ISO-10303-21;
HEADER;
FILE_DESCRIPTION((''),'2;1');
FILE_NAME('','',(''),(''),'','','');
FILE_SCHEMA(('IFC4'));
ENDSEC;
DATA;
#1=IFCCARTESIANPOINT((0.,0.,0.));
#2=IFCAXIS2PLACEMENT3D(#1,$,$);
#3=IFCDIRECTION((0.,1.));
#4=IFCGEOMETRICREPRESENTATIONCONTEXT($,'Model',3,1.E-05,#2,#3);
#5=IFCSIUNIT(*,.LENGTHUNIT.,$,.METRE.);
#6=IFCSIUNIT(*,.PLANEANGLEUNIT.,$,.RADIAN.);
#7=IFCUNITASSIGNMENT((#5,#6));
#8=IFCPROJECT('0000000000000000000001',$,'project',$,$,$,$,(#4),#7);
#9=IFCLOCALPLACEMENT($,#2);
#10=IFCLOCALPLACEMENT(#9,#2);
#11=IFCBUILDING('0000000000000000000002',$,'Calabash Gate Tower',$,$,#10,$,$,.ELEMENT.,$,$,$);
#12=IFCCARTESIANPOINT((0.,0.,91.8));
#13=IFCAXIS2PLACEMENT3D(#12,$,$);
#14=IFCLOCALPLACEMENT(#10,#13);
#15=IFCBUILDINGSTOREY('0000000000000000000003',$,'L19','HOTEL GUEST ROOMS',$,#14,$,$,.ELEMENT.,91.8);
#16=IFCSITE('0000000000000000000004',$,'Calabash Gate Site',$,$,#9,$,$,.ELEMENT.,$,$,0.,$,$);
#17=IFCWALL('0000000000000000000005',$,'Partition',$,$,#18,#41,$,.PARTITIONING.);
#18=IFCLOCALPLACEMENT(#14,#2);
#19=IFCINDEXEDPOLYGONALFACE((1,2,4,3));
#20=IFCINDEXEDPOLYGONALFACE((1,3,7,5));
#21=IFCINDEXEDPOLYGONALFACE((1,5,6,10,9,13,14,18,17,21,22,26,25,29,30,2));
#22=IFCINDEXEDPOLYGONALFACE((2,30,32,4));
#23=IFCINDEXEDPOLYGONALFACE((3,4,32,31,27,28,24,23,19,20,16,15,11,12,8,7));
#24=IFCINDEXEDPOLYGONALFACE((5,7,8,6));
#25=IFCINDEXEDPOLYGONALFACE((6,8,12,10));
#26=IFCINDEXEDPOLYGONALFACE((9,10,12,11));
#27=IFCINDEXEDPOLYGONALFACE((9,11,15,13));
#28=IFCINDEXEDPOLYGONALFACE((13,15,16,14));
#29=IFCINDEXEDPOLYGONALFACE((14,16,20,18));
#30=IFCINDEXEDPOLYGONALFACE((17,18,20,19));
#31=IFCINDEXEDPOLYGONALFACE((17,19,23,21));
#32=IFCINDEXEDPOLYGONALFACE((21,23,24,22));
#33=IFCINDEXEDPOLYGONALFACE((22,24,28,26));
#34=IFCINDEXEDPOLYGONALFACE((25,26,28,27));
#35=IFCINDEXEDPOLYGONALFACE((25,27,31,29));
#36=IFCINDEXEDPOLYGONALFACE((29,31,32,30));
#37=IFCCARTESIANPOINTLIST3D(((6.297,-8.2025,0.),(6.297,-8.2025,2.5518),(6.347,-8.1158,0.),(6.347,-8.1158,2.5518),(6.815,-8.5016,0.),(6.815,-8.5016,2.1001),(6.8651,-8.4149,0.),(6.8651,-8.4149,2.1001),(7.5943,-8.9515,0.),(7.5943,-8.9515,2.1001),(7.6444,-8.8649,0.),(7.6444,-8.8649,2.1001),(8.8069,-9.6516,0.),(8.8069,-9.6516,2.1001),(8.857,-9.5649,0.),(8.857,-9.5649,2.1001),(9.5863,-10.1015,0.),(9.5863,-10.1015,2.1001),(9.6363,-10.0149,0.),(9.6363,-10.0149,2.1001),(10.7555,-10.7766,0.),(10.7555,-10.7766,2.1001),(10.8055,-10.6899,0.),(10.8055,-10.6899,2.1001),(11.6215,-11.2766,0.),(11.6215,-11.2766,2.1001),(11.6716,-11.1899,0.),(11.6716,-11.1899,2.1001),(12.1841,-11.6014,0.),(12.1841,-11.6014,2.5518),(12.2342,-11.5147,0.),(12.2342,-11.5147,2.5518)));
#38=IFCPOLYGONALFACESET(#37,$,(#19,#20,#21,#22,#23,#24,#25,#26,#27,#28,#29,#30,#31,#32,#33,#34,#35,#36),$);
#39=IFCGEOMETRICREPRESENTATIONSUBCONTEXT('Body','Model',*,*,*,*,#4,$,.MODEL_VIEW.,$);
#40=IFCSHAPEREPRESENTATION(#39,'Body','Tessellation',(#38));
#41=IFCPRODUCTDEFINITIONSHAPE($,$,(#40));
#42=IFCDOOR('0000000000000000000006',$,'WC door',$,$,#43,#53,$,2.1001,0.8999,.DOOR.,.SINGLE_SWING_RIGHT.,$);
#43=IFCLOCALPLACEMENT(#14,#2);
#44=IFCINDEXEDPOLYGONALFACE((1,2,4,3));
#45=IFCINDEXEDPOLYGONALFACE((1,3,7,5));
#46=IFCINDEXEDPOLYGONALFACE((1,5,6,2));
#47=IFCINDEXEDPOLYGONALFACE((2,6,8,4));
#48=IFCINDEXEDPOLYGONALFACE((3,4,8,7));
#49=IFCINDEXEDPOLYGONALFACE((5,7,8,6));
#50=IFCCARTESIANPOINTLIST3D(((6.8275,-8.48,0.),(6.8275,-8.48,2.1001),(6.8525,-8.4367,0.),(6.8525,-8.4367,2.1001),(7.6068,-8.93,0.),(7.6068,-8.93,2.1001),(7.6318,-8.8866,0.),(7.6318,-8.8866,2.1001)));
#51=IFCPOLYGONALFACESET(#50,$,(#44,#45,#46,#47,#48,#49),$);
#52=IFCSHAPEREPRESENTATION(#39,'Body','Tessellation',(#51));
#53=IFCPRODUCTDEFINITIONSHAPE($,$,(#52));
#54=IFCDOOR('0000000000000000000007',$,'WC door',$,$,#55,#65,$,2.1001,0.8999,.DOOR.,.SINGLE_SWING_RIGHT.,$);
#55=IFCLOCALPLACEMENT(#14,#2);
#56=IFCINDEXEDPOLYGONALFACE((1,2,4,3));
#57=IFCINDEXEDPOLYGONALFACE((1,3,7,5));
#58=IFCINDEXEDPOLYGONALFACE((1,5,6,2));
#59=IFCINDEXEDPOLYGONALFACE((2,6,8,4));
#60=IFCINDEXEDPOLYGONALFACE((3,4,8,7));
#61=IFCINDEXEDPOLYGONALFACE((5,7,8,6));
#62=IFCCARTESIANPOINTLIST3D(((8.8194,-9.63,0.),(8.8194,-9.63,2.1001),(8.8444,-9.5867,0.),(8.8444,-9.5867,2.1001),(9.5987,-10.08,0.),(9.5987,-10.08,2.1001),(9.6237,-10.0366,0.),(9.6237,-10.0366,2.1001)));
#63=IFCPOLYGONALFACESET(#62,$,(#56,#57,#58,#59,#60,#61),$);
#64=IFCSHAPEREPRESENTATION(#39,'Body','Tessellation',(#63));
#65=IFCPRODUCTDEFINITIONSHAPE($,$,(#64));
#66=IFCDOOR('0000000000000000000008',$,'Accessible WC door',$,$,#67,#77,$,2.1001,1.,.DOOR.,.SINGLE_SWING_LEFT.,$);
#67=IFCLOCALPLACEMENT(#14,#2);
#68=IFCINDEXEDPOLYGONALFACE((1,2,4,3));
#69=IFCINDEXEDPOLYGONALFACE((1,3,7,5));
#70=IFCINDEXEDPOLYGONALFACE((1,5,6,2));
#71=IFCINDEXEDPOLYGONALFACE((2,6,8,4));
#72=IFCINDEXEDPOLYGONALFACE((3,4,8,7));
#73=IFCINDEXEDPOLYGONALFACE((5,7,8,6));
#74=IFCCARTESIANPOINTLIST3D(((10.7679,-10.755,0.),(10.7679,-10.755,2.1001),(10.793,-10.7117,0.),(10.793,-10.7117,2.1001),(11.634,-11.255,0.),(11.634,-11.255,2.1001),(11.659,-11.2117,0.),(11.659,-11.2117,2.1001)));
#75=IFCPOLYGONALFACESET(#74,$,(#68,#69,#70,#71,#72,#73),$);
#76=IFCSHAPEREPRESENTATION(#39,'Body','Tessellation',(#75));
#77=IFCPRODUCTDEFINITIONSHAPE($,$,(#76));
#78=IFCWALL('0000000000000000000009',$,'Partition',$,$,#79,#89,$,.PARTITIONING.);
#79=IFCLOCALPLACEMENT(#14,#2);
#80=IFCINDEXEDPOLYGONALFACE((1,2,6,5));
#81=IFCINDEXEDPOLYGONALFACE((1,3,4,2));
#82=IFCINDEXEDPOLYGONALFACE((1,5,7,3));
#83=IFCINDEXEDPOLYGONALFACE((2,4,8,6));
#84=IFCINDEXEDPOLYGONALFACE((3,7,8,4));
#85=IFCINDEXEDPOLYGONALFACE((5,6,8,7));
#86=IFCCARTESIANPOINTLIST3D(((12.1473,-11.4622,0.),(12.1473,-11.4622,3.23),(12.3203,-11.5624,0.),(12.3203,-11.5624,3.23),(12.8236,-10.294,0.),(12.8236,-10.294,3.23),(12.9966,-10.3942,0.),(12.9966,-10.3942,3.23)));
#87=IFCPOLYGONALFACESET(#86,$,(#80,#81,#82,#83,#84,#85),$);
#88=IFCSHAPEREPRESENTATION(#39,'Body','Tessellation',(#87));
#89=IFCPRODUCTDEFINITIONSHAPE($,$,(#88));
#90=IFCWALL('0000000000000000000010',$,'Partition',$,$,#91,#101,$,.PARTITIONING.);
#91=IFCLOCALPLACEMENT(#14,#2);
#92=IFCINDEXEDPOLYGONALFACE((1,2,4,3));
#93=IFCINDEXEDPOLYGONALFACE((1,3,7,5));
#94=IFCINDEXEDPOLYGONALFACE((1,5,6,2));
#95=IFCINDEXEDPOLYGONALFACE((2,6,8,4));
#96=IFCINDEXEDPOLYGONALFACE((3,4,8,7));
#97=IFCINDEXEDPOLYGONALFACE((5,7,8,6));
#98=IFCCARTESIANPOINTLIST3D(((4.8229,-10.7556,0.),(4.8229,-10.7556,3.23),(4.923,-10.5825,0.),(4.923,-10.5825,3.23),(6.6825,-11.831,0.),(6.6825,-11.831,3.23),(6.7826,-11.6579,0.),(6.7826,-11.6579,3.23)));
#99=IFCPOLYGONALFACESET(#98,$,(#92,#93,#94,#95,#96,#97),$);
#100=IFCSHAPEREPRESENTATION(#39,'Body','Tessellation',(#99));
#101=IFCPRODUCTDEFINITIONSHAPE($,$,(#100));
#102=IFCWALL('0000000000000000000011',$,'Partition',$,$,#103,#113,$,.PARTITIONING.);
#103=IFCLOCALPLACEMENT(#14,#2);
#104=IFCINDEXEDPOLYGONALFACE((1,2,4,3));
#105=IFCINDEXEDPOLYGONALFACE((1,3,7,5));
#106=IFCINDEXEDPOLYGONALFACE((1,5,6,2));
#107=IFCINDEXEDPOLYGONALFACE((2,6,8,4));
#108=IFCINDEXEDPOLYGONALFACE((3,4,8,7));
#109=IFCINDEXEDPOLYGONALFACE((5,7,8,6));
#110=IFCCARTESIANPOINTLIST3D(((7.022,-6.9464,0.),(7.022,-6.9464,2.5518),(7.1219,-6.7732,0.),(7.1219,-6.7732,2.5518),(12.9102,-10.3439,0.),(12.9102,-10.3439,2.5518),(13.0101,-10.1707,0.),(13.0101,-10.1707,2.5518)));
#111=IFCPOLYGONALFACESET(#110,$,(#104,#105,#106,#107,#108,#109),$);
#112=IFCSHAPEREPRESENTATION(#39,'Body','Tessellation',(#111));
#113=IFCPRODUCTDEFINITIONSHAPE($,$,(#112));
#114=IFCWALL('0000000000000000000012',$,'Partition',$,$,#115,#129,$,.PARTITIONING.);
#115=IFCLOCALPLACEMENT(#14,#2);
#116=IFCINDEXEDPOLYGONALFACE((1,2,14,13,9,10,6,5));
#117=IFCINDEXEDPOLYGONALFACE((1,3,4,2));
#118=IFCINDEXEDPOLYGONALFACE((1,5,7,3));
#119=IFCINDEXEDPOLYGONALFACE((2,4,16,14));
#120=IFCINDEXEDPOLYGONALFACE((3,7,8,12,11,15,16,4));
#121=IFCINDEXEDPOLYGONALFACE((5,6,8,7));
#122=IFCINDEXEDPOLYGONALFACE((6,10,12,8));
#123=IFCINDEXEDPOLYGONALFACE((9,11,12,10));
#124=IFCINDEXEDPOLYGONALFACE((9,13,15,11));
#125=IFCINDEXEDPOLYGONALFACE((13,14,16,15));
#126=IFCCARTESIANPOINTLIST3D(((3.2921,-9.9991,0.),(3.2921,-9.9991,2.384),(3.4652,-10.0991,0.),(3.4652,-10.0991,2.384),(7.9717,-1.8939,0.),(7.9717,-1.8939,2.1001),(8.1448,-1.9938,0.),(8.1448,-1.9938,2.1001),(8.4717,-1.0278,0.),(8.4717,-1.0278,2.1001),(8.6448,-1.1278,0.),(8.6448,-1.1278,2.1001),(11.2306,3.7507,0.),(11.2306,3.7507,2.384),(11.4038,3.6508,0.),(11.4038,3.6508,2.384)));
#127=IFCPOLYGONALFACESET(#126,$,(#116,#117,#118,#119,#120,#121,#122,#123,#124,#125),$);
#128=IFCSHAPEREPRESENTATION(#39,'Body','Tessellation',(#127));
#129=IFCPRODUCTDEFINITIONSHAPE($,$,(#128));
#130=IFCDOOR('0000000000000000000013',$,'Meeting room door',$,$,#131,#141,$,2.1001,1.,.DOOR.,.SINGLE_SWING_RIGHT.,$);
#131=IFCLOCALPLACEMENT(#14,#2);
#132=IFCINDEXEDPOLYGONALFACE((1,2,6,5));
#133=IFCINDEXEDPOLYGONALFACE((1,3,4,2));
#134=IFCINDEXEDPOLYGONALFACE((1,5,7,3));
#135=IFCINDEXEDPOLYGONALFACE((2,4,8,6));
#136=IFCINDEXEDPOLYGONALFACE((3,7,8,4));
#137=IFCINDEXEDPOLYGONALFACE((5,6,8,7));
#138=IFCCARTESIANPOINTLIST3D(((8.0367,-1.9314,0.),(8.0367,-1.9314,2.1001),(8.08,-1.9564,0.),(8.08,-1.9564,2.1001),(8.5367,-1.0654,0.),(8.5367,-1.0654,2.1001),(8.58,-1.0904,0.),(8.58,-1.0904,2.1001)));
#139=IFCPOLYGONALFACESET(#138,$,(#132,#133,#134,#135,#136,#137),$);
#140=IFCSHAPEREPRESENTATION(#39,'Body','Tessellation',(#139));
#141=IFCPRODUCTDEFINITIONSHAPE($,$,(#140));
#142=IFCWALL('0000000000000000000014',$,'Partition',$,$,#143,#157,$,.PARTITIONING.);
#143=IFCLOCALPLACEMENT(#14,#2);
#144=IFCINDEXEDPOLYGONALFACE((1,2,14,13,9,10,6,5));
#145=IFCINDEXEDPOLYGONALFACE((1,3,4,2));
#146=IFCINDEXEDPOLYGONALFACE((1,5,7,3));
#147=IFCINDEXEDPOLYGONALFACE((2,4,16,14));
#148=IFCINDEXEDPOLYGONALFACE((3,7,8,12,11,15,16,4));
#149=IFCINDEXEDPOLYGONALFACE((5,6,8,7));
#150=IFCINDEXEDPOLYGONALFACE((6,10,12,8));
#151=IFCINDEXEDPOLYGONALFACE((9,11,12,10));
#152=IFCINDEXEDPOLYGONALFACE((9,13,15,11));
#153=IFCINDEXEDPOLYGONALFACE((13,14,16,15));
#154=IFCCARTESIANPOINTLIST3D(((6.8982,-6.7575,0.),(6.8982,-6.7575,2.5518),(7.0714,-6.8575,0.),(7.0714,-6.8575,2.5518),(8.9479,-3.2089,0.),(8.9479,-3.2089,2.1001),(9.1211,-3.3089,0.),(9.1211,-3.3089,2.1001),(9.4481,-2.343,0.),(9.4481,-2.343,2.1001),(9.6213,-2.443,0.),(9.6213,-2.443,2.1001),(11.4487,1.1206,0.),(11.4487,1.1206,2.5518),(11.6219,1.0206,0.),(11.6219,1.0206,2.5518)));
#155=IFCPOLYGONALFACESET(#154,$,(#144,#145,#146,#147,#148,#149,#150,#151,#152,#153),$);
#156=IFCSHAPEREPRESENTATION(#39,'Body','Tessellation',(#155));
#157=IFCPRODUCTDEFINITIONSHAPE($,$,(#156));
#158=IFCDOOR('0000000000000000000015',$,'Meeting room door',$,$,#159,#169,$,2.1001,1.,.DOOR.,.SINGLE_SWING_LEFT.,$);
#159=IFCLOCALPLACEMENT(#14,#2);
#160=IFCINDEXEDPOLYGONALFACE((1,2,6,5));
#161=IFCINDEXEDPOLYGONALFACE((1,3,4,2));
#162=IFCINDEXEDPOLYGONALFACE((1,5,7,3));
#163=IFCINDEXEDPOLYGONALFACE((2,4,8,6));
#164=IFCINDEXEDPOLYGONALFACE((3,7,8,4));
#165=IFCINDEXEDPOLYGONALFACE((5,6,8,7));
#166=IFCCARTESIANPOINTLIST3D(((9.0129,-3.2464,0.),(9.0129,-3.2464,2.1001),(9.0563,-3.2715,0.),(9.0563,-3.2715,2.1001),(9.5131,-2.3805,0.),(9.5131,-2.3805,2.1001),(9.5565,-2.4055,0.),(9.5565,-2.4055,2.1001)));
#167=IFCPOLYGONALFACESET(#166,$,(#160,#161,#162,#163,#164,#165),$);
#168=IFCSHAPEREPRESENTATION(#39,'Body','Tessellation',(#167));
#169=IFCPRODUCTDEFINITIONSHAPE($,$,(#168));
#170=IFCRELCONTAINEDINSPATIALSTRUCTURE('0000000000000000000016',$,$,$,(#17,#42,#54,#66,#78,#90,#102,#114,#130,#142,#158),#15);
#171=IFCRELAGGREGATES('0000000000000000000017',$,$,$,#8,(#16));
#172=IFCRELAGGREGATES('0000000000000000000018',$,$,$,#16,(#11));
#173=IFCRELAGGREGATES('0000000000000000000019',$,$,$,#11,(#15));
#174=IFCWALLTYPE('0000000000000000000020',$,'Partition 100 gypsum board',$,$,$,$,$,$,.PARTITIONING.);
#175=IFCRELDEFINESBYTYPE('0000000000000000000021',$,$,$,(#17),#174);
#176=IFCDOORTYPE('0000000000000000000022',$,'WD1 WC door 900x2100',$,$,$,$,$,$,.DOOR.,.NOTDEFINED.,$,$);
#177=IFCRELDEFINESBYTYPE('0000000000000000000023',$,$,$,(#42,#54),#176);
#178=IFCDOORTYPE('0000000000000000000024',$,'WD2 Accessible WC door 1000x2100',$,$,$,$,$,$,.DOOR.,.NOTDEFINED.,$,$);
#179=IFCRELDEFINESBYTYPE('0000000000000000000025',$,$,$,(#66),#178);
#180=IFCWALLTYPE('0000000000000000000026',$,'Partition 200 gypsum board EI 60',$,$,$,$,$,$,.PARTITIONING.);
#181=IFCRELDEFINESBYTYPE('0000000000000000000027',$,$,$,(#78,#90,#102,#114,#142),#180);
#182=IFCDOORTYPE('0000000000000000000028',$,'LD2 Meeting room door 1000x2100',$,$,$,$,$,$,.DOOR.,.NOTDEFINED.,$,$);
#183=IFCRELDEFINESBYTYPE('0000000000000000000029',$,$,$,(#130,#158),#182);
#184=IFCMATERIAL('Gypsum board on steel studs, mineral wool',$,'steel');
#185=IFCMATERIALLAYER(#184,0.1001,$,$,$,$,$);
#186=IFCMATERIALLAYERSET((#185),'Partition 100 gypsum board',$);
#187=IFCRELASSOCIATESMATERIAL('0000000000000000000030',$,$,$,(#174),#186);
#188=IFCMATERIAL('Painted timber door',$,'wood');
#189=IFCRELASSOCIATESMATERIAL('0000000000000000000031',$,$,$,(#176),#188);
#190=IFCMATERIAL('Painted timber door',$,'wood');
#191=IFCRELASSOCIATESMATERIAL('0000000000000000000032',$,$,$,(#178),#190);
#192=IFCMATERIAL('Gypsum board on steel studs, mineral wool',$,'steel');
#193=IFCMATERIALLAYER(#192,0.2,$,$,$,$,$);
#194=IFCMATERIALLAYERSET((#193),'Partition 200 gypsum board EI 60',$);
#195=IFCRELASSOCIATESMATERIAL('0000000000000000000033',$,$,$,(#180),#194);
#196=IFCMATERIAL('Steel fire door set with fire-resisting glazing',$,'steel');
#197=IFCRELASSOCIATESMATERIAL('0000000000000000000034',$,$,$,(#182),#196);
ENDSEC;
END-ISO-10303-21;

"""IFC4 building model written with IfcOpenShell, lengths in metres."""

from ifc_helpers import new_model, si_unit, direction, frame, frame_2d, origin, place, context, subcontext, project, spatial, rectangle, extrude, material, layer, layer_set, type_object, element, fill, save


model = new_model("IFC4")

# Units and contexts
model_context = context("Model", 3, precision=1e-05, world=origin(), true_north=direction((0.0, 1.0)))
body_context = subcontext(model_context, "Body", "Model", "MODEL_VIEW")
ifc_project = project(units=[si_unit("LENGTHUNIT", "METRE"), si_unit("PLANEANGLEUNIT", "RADIAN")], contexts=[model_context])

# Site, building, storey
site_placement = place(None, origin())
site = spatial("IfcSite", under=ifc_project, at=site_placement, Name="Calabash Gate Site", CompositionType="ELEMENT", RefElevation=0.0)
building_placement = place(site_placement, origin())
building = spatial("IfcBuilding", under=site, at=building_placement, Name="Calabash Gate Tower", CompositionType="ELEMENT")
storey_placement = place(building_placement, frame((0.0, 0.0, 91.8)))
storey = spatial("IfcBuildingStorey", under=building, at=storey_placement, Name="L19", Description="HOTEL GUEST ROOMS", CompositionType="ELEMENT", Elevation=91.8)

# Wall, openings, doors
ifc_material_1 = material(Name="Gypsum board on steel studs, mineral wool", Category="steel")
ifc_layer_1 = layer(ifc_material_1, 0.1001)
ifc_layer_set_1 = layer_set([ifc_layer_1], Name="Partition 100 gypsum board")
wall_type_1 = type_object("IfcWallType", Name="Partition 100 gypsum board", PredefinedType="PARTITIONING", material=ifc_layer_set_1)
wall_1_placement = place(storey_placement, frame((6.322, -8.1592, 0.0), z_axis=(0.0, 0.0, 1.0), x_axis=(0.866029, -0.499994, 0.0)))
wall_1 = element("IfcWall", 1, at=wall_1_placement, inside=storey, type_object=wall_type_1, Name="Partition", PredefinedType="PARTITIONING", context=body_context, shape_type="SweptSolid", body=[
    extrude(rectangle(XDim=6.7979, YDim=0.1001, at=frame_2d((3.3989, 0.0))), origin(), (0.0, 0.0, 1.0), 2.5518),
])
opening_1_placement = place(wall_1_placement, frame((0.5981, 0.0, 0.0)))
opening_1 = element("IfcOpeningElement", 2, at=opening_1_placement, cuts=wall_1, PredefinedType="OPENING", context=body_context, shape_type="SweptSolid", body=[
    extrude(rectangle(XDim=0.8999, YDim=2.1001, at=frame_2d((0.45, 1.05))), frame((0.0, 0.0601, 0.0), z_axis=(0.0, -1.0, 0.0), x_axis=(1.0, 0.0, 0.0)), (0.0, 0.0, 1.0), 0.1201),
])
opening_2_placement = place(wall_1_placement, frame((2.8982, 0.0, 0.0)))
opening_2 = element("IfcOpeningElement", 3, at=opening_2_placement, cuts=wall_1, PredefinedType="OPENING", context=body_context, shape_type="SweptSolid", body=[
    extrude(rectangle(XDim=0.8999, YDim=2.1001, at=frame_2d((0.45, 1.05))), frame((0.0, 0.0601, 0.0), z_axis=(0.0, -1.0, 0.0), x_axis=(1.0, 0.0, 0.0)), (0.0, 0.0, 1.0), 0.1201),
])
opening_3_placement = place(wall_1_placement, frame((5.1482, 0.0, 0.0)))
opening_3 = element("IfcOpeningElement", 4, at=opening_3_placement, cuts=wall_1, PredefinedType="OPENING", context=body_context, shape_type="SweptSolid", body=[
    extrude(rectangle(XDim=1.0, YDim=2.1001, at=frame_2d((0.5, 1.05))), frame((0.0, 0.0601, 0.0), z_axis=(0.0, -1.0, 0.0), x_axis=(1.0, 0.0, 0.0)), (0.0, 0.0, 1.0), 0.1201),
])
ifc_material_2 = material(Name="Painted timber door", Category="wood")
door_type_1 = type_object("IfcDoorType", Name="WD1 WC door 900x2100", OperationType="NOTDEFINED", PredefinedType="DOOR", material=ifc_material_2)
door_1_placement = place(opening_1_placement, origin())
door_1 = element("IfcDoor", 5, at=door_1_placement, inside=storey, type_object=door_type_1, Name="WC door", OperationType="SINGLE_SWING_RIGHT", OverallHeight=2.1001, OverallWidth=0.8999, PredefinedType="DOOR", context=body_context, shape_type="SweptSolid", body=[
    extrude(rectangle(XDim=0.8999, YDim=2.1001, at=frame_2d((0.45, 1.05))), frame((0.0, 0.0249, 0.0), z_axis=(0.0, -1.0, 0.0), x_axis=(1.0, 0.0, 0.0)), (0.0, 0.0, 1.0), 0.05),
])
fill(opening_1, door_1)
door_2_placement = place(opening_2_placement, origin())
door_2 = element("IfcDoor", 6, at=door_2_placement, inside=storey, type_object=door_type_1, Name="WC door", OperationType="SINGLE_SWING_RIGHT", OverallHeight=2.1001, OverallWidth=0.8999, PredefinedType="DOOR", context=body_context, shape_type="SweptSolid", body=[
    extrude(rectangle(XDim=0.8999, YDim=2.1001, at=frame_2d((0.45, 1.05))), frame((0.0, 0.0249, 0.0), z_axis=(0.0, -1.0, 0.0), x_axis=(1.0, 0.0, 0.0)), (0.0, 0.0, 1.0), 0.05),
])
fill(opening_2, door_2)
ifc_material_3 = material(Name="Painted timber door", Category="wood")
door_type_2 = type_object("IfcDoorType", Name="WD2 Accessible WC door 1000x2100", OperationType="NOTDEFINED", PredefinedType="DOOR", material=ifc_material_3)
door_3_placement = place(opening_3_placement, origin())
door_3 = element("IfcDoor", 7, at=door_3_placement, inside=storey, type_object=door_type_2, Name="Accessible WC door", OperationType="SINGLE_SWING_LEFT", OverallHeight=2.1001, OverallWidth=1.0, PredefinedType="DOOR", context=body_context, shape_type="SweptSolid", body=[
    extrude(rectangle(XDim=1.0, YDim=2.1001, at=frame_2d((0.5, 1.05))), frame((0.0, 0.0249, 0.0), z_axis=(0.0, -1.0, 0.0), x_axis=(1.0, 0.0, 0.0)), (0.0, 0.0, 1.0), 0.05),
])
fill(opening_3, door_3)

# Walls
ifc_material_4 = material(Name="Gypsum board on steel studs, mineral wool", Category="steel")
ifc_layer_2 = layer(ifc_material_4, 0.2)
ifc_layer_set_2 = layer_set([ifc_layer_2], Name="Partition 200 gypsum board EI 60")
wall_type_2 = type_object("IfcWallType", Name="Partition 200 gypsum board EI 60", PredefinedType="PARTITIONING", material=ifc_layer_set_2)
wall_2_placement = place(storey_placement, frame((12.2339, -11.5122, 0.0), z_axis=(0.0, 0.0, 1.0), x_axis=(0.501001, 0.865447, 0.0)))
element("IfcWall", 8, at=wall_2_placement, inside=storey, type_object=wall_type_2, Name="Partition", PredefinedType="PARTITIONING", context=body_context, shape_type="SweptSolid", body=[
    extrude(rectangle(XDim=1.3499, YDim=0.2, at=frame_2d((0.6748, 0.0))), origin(), (0.0, 0.0, 1.0), 3.23),
])
wall_3_placement = place(storey_placement, frame((4.8728, -10.6689, 0.0), z_axis=(0.0, 0.0, 1.0), x_axis=(0.865665, -0.500624, 0.0)))
element("IfcWall", 9, at=wall_3_placement, inside=storey, type_object=wall_type_2, Name="Partition", PredefinedType="PARTITIONING", context=body_context, shape_type="SweptSolid", body=[
    extrude(rectangle(XDim=2.1482, YDim=0.2, at=frame_2d((1.0742, 0.0))), origin(), (0.0, 0.0, 1.0), 3.23),
])
wall_4_placement = place(storey_placement, frame((7.072, -6.8599, 0.0), z_axis=(0.0, 0.0, 1.0), x_axis=(0.866158, -0.49977, 0.0)))
element("IfcWall", 10, at=wall_4_placement, inside=storey, type_object=wall_type_2, Name="Partition", PredefinedType="PARTITIONING", context=body_context, shape_type="SweptSolid", body=[
    extrude(rectangle(XDim=6.7981, YDim=0.2, at=frame_2d((3.3989, 0.0))), origin(), (0.0, 0.0, 1.0), 2.5518),
])

# Walls, openings, doors
wall_5_placement = place(storey_placement, frame((3.3787, -10.0491, 0.0), z_axis=(0.0, 0.0, 1.0), x_axis=(0.500002, 0.866024, 0.0)))
wall_5 = element("IfcWall", 11, at=wall_5_placement, inside=storey, type_object=wall_type_2, Name="Partition", PredefinedType="PARTITIONING", context=body_context, shape_type="SweptSolid", body=[
    extrude(rectangle(XDim=15.877, YDim=0.2, at=frame_2d((7.9385, 0.0))), origin(), (0.0, 0.0, 1.0), 2.384),
])
opening_4_placement = place(wall_5_placement, frame((9.3591, 0.0, 0.0)))
opening_4 = element("IfcOpeningElement", 12, at=opening_4_placement, cuts=wall_5, PredefinedType="OPENING", context=body_context, shape_type="SweptSolid", body=[
    extrude(rectangle(XDim=1.0, YDim=2.1001, at=frame_2d((0.5, 1.05))), frame((0.0, 0.1099, 0.0), z_axis=(0.0, -1.0, 0.0), x_axis=(1.0, 0.0, 0.0)), (0.0, 0.0, 1.0), 0.22),
])
ifc_material_5 = material(Name="Steel fire door set with fire-resisting glazing", Category="steel")
door_type_3 = type_object("IfcDoorType", Name="LD2 Meeting room door 1000x2100", OperationType="NOTDEFINED", PredefinedType="DOOR", material=ifc_material_5)
door_4_placement = place(opening_4_placement, origin())
door_4 = element("IfcDoor", 13, at=door_4_placement, inside=storey, type_object=door_type_3, Name="Meeting room door", OperationType="SINGLE_SWING_RIGHT", OverallHeight=2.1001, OverallWidth=1.0, PredefinedType="DOOR", context=body_context, shape_type="SweptSolid", body=[
    extrude(rectangle(XDim=1.0, YDim=2.1001, at=frame_2d((0.5, 1.05))), frame((0.0, 0.0249, 0.0), z_axis=(0.0, -1.0, 0.0), x_axis=(1.0, 0.0, 0.0)), (0.0, 0.0, 1.0), 0.05),
])
fill(opening_4, door_4)
wall_6_placement = place(storey_placement, frame((6.9849, -6.8074, 0.0), z_axis=(0.0, 0.0, 1.0), x_axis=(0.500171, 0.865927, 0.0)))
wall_6 = element("IfcWall", 14, at=wall_6_placement, inside=storey, type_object=wall_type_2, Name="Partition", PredefinedType="PARTITIONING", context=body_context, shape_type="SweptSolid", body=[
    extrude(rectangle(XDim=9.0979, YDim=0.2, at=frame_2d((4.5488, 0.0))), origin(), (0.0, 0.0, 1.0), 2.5518),
])
opening_5_placement = place(wall_6_placement, frame((4.0979, 0.0, 0.0)))
opening_5 = element("IfcOpeningElement", 15, at=opening_5_placement, cuts=wall_6, PredefinedType="OPENING", context=body_context, shape_type="SweptSolid", body=[
    extrude(rectangle(XDim=1.0, YDim=2.1001, at=frame_2d((0.5, 1.05))), frame((0.0, 0.1099, 0.0), z_axis=(0.0, -1.0, 0.0), x_axis=(1.0, 0.0, 0.0)), (0.0, 0.0, 1.0), 0.22),
])
door_5_placement = place(opening_5_placement, origin())
door_5 = element("IfcDoor", 16, at=door_5_placement, inside=storey, type_object=door_type_3, Name="Meeting room door", OperationType="SINGLE_SWING_LEFT", OverallHeight=2.1001, OverallWidth=1.0, PredefinedType="DOOR", context=body_context, shape_type="SweptSolid", body=[
    extrude(rectangle(XDim=1.0, YDim=2.1001, at=frame_2d((0.5, 1.05))), frame((0.0, 0.0249, 0.0), z_axis=(0.0, -1.0, 0.0), x_axis=(1.0, 0.0, 0.0)), (0.0, 0.0, 1.0), 0.05),
])
fill(opening_5, door_5)

save(model, "model.ifc")
